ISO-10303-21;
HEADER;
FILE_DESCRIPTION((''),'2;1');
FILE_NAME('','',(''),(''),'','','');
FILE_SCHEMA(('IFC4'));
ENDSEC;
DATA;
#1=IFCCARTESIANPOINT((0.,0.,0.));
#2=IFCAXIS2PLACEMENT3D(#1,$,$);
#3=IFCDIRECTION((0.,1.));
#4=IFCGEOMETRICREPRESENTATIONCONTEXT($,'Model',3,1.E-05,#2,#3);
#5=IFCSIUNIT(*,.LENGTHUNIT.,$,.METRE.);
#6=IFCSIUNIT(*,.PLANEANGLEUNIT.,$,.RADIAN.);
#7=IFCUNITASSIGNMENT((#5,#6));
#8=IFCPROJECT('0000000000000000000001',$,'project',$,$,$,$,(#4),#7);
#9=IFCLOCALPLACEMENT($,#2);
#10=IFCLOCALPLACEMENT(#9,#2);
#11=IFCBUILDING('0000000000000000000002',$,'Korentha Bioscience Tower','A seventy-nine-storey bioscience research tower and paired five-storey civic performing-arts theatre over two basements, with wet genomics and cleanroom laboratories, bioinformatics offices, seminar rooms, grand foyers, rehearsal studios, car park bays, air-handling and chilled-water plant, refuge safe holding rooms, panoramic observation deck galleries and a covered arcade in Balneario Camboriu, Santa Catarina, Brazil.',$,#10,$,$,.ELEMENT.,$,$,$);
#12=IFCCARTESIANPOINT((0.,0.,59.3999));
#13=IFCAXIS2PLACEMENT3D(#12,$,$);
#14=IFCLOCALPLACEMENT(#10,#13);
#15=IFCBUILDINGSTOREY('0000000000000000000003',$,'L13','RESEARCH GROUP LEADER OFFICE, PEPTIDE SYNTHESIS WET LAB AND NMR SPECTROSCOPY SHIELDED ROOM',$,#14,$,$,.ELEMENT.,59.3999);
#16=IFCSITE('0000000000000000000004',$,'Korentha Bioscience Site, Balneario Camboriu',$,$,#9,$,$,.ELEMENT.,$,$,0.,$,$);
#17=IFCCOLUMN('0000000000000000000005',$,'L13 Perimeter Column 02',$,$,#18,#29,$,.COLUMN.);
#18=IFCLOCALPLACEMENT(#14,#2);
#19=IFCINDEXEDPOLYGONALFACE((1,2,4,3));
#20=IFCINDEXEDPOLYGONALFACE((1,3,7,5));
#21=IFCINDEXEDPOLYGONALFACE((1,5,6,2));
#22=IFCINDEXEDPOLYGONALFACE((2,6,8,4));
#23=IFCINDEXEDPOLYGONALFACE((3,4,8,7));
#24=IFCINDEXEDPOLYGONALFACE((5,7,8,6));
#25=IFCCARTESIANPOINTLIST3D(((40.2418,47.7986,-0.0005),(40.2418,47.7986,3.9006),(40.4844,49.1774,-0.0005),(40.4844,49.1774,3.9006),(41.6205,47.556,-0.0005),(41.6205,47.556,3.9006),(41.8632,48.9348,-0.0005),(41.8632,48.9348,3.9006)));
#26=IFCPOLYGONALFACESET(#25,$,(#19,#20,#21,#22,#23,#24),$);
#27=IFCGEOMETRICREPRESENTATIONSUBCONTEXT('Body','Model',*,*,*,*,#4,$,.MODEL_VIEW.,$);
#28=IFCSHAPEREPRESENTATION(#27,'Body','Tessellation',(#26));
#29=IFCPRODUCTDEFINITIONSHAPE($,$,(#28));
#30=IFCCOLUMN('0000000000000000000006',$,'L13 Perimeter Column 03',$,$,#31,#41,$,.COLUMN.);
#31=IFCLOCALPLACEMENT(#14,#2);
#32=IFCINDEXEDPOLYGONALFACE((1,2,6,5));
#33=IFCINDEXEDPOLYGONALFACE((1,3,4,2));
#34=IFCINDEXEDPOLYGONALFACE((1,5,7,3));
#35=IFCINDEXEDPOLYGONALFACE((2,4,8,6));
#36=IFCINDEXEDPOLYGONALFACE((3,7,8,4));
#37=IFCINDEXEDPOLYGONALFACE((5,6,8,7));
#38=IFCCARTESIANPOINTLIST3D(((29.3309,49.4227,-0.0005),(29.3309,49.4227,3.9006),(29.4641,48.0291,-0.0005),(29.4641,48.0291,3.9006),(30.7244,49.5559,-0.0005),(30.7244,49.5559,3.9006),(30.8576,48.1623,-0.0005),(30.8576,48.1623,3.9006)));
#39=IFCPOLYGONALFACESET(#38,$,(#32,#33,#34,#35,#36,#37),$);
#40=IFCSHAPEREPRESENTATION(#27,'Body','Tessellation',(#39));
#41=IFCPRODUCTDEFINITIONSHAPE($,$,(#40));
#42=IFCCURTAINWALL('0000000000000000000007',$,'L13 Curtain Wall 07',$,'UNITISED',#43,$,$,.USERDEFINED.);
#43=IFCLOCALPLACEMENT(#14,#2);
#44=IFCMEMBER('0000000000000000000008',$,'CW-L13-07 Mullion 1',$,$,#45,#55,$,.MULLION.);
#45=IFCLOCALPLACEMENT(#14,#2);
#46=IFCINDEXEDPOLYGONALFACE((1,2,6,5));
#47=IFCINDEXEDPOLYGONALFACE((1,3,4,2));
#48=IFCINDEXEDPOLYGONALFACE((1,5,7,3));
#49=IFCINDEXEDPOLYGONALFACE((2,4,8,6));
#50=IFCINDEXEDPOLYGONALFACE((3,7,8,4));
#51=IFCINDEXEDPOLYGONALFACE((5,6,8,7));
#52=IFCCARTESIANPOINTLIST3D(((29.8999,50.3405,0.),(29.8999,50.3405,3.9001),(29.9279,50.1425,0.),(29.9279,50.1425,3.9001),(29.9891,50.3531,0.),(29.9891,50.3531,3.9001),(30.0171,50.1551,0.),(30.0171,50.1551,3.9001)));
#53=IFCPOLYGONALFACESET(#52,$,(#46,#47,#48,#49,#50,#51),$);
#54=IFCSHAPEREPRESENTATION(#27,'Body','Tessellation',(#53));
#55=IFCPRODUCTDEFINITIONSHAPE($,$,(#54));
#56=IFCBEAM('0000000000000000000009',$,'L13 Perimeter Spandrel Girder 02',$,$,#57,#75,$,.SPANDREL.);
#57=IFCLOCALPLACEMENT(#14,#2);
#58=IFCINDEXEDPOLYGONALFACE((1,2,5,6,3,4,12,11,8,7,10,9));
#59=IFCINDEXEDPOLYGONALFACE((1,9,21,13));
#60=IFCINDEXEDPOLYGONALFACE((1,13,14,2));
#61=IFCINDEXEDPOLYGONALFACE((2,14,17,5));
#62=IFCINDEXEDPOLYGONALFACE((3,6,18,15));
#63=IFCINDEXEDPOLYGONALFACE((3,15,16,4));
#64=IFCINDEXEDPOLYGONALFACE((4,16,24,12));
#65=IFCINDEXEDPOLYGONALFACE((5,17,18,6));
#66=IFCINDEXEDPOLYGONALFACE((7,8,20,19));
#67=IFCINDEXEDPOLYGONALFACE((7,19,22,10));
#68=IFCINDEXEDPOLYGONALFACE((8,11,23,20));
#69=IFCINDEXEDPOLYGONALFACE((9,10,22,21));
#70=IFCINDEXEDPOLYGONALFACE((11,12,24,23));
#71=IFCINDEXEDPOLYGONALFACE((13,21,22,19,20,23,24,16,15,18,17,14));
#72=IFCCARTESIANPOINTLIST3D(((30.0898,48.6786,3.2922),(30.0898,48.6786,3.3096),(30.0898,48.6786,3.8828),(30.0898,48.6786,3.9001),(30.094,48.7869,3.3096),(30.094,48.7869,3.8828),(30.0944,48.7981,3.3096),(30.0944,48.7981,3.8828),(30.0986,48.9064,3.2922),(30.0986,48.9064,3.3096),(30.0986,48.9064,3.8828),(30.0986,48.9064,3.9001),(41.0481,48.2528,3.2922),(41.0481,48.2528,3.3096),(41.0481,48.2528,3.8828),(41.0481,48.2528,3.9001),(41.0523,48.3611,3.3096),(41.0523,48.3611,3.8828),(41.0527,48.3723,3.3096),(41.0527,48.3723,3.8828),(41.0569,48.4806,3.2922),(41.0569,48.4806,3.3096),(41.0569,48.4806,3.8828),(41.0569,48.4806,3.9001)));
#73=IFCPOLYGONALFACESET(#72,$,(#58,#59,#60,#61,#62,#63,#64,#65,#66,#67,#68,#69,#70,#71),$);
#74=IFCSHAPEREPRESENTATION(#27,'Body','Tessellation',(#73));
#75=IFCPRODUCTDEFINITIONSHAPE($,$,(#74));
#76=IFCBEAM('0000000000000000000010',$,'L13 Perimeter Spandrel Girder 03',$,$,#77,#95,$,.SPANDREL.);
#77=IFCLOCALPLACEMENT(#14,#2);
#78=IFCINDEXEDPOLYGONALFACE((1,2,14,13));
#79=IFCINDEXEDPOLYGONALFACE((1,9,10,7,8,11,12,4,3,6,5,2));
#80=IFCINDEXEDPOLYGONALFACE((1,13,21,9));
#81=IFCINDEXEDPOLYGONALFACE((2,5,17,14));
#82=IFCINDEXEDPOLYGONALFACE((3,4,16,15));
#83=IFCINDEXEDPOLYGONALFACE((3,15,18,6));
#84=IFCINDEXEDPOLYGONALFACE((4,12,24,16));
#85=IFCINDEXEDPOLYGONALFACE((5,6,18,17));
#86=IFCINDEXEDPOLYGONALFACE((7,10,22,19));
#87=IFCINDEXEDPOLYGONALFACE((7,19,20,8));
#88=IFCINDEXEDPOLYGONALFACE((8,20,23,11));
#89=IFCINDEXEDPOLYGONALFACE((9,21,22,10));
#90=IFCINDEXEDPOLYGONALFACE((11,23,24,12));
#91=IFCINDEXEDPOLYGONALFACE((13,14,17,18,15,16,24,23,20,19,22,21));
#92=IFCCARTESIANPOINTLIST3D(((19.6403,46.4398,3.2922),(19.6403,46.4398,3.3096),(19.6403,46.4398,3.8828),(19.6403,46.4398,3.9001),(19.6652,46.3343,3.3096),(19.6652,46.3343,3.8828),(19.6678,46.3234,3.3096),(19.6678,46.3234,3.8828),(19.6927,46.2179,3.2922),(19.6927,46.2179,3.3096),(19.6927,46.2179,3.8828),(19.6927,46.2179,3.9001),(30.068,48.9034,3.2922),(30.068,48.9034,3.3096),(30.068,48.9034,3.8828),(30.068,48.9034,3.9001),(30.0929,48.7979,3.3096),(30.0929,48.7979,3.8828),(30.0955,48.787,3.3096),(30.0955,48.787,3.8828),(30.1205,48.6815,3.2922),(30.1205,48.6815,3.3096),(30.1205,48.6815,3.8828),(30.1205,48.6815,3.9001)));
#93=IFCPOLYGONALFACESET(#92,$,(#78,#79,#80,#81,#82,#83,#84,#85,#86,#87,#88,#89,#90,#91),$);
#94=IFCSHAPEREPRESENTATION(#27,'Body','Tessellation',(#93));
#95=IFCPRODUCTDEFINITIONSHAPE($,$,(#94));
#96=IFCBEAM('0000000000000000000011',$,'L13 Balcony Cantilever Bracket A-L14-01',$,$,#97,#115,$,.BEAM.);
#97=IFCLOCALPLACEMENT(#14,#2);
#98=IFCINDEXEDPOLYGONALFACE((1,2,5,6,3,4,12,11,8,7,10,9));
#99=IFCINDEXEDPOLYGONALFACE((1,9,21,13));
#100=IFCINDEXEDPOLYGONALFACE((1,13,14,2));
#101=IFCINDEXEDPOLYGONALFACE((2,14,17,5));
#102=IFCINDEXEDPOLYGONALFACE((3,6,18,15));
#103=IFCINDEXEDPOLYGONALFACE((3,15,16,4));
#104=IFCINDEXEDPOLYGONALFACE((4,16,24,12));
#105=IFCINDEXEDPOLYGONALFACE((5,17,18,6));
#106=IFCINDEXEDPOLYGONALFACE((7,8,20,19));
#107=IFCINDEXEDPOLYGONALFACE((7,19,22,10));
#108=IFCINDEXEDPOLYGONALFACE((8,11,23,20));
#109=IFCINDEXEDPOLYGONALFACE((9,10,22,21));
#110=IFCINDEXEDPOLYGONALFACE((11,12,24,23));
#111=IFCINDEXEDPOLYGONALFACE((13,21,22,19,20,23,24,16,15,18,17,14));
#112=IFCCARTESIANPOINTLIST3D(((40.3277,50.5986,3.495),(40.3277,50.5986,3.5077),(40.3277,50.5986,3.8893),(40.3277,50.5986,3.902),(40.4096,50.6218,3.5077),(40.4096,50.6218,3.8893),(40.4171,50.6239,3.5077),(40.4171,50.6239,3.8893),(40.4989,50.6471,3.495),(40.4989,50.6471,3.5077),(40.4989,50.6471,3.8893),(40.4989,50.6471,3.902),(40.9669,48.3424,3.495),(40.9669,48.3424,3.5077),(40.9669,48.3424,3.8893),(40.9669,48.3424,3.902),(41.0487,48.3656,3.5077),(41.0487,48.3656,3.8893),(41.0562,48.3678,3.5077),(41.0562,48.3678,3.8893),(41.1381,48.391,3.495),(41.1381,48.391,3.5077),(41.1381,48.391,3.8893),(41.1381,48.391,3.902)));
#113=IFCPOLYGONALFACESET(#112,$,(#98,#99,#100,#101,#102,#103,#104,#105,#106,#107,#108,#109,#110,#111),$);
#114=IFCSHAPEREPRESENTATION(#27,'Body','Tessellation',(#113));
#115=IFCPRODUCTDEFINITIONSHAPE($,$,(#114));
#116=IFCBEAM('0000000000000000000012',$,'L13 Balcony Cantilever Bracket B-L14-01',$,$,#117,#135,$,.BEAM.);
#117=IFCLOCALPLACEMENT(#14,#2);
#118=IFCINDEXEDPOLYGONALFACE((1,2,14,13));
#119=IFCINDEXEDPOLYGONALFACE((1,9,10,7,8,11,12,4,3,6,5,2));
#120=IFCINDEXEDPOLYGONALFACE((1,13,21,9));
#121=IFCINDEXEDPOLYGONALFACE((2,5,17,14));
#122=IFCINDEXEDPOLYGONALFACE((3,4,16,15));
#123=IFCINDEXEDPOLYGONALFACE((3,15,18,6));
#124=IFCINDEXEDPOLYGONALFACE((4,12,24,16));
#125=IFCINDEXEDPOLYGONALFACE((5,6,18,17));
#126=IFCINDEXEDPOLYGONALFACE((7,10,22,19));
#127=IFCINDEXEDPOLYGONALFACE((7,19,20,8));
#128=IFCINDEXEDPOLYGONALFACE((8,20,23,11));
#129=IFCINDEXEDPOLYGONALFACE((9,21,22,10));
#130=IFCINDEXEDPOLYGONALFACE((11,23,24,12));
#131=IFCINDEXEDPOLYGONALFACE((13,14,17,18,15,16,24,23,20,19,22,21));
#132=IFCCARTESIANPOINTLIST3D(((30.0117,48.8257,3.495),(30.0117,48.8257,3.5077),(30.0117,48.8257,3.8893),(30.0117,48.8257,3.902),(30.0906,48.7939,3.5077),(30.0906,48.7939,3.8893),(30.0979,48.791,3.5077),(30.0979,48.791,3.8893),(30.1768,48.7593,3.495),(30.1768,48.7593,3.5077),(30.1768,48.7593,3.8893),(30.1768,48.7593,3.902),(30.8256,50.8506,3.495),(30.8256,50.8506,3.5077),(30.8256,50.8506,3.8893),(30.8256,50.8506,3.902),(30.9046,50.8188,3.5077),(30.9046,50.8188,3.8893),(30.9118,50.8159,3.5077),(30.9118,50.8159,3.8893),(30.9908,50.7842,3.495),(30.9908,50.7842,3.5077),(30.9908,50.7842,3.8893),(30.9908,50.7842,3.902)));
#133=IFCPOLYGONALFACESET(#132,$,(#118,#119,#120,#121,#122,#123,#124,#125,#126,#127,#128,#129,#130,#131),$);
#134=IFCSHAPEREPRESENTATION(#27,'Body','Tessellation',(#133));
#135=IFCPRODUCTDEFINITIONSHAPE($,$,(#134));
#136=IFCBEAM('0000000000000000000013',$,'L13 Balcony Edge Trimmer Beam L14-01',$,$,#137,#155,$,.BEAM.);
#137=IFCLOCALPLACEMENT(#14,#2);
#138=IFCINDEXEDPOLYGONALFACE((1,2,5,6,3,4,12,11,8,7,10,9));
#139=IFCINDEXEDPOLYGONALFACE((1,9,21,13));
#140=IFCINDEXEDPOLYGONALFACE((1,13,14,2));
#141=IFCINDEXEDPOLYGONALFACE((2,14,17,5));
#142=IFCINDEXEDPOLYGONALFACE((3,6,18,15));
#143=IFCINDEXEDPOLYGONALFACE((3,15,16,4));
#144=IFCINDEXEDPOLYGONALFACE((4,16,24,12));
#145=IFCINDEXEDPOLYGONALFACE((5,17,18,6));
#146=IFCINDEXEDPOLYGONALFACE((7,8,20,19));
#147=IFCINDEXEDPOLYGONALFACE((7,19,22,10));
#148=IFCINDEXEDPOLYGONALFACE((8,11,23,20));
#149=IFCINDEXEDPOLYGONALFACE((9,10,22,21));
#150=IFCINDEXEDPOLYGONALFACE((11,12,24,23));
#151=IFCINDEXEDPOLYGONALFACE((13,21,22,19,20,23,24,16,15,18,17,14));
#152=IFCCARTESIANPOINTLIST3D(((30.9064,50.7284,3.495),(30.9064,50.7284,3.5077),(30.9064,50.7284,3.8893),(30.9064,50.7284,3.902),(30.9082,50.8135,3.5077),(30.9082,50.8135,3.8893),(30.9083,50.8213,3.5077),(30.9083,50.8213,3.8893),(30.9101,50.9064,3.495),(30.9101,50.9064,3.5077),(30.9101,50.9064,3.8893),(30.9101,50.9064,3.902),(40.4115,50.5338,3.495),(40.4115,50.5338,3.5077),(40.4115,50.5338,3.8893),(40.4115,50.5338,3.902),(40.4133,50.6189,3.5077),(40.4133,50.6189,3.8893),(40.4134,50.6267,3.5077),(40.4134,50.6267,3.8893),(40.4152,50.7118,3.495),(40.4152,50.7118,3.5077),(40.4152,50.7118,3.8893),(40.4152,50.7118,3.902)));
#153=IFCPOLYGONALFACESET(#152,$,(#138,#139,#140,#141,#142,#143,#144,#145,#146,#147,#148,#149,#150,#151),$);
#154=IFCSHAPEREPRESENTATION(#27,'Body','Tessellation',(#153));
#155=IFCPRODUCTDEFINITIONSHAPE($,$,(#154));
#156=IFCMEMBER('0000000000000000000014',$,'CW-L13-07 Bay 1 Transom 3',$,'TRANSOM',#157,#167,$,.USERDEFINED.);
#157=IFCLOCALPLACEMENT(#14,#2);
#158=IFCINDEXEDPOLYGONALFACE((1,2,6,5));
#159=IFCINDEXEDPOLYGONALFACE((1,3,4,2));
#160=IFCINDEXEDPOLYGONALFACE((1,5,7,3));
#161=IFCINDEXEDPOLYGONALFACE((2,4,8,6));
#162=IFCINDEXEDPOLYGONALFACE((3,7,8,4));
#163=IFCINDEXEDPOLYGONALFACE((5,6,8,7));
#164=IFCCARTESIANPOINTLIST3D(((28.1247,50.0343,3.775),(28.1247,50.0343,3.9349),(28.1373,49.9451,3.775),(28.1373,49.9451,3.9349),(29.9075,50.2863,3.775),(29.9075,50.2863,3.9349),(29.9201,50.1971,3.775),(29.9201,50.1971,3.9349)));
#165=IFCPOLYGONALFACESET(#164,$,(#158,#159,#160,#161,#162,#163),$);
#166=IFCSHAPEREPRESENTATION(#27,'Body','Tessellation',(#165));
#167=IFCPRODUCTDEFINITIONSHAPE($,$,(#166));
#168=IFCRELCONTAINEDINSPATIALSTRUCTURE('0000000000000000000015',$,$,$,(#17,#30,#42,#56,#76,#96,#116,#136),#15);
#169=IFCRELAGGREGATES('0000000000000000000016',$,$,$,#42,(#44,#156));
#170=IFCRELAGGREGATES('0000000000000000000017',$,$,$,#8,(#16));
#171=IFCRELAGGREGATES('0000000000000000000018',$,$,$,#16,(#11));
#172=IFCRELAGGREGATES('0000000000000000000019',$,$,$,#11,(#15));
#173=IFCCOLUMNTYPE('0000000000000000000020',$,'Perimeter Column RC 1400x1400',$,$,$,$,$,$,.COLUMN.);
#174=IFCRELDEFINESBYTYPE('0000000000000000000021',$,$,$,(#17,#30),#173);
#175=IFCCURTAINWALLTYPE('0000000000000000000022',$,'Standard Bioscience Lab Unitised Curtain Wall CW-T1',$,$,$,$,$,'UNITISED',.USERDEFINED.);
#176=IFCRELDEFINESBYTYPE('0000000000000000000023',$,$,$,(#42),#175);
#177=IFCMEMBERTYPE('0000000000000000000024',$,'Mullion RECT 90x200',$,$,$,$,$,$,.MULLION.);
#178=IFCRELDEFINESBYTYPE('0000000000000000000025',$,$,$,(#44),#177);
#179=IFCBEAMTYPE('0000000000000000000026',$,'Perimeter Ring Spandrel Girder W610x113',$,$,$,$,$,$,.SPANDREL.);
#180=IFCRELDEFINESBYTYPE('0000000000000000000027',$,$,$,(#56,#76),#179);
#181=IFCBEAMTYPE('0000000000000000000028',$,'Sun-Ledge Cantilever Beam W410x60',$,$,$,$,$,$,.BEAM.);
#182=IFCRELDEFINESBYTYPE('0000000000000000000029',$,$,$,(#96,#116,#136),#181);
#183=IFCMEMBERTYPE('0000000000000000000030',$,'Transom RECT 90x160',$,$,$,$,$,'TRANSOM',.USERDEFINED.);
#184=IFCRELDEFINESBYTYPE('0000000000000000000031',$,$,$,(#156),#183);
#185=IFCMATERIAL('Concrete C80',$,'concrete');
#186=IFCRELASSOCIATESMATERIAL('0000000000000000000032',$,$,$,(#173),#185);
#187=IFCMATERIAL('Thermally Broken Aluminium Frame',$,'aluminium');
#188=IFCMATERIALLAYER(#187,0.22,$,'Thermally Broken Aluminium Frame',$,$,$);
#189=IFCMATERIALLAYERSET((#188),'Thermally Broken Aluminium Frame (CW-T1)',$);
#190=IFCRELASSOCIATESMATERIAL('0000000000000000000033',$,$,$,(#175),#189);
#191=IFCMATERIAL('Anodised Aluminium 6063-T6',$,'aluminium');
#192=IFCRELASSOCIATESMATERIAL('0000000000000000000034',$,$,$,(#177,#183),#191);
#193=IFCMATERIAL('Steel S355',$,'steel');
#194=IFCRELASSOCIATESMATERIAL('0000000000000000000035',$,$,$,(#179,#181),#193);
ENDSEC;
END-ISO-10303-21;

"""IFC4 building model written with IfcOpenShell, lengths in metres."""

from ifc_helpers import new_model, si_unit, direction, frame, origin, origin_2d, place, context, subcontext, project, spatial, rectangle, i_section, extrude, material, layer, layer_set, material_profile, profile_set, type_object, element, aggregate, save


model = new_model("IFC4")

# Units and contexts
model_context = context("Model", 3, precision=1e-05, world=origin(), true_north=direction((0.0, 1.0)))
body_context = subcontext(model_context, "Body", "Model", "MODEL_VIEW")
ifc_project = project(units=[si_unit("LENGTHUNIT", "METRE"), si_unit("PLANEANGLEUNIT", "RADIAN")], contexts=[model_context])

# Site, building, storey
site_placement = place(None, origin())
site = spatial("IfcSite", under=ifc_project, at=site_placement, Name="Korentha Bioscience Site, Balneario Camboriu", CompositionType="ELEMENT", RefElevation=0.0)
building_placement = place(site_placement, origin())
building = spatial("IfcBuilding", under=site, at=building_placement, Name="Korentha Bioscience Tower", Description="A seventy-nine-storey bioscience research tower and paired five-storey civic performing-arts theatre over two basements, with wet genomics and cleanroom laboratories, bioinformatics offices, seminar rooms, grand foyers, rehearsal studios, car park bays, air-handling and chilled-water plant, refuge safe holding rooms, panoramic observation deck galleries and a covered arcade in Balneario Camboriu, Santa Catarina, Brazil.", CompositionType="ELEMENT")
storey_placement = place(building_placement, frame((0.0, 0.0, 59.3999)))
storey = spatial("IfcBuildingStorey", under=building, at=storey_placement, Name="L13", Description="RESEARCH GROUP LEADER OFFICE, PEPTIDE SYNTHESIS WET LAB AND NMR SPECTROSCOPY SHIELDED ROOM", CompositionType="ELEMENT", Elevation=59.3999)

# Columns
ifc_material_1 = material(Name="Concrete C80", Category="concrete")
ifc_material_profile_1 = material_profile(ifc_material_1, rectangle(XDim=1.3999, YDim=1.3999, at=origin_2d()), Name="Concrete C80")
ifc_profile_set_1 = profile_set([ifc_material_profile_1], Name="Concrete C80 (COL-P14)")
column_type = type_object("IfcColumnType", Name="Perimeter Column RC 1400x1400", PredefinedType="COLUMN", material=ifc_profile_set_1)
for number, where, z_axis, x_axis, name in (
    (1, (41.0525, 48.3667, -0.0005), (0.0, 0.0, 1.0), (-0.984868, 0.173304, 0.0), "L13 Perimeter Column 02"),
    (2, (30.0942, 48.7925, -0.0005), (0.0, 0.0, 1.0), (0.995463, 0.095151, 0.0), "L13 Perimeter Column 03"),
):
    element("IfcColumn", number, at=place(storey_placement, frame(where, z_axis=z_axis, x_axis=x_axis)), inside=storey, type_object=column_type, Name=name, PredefinedType="COLUMN", context=body_context, shape_type="SweptSolid", body=[
        extrude(rectangle(XDim=1.3999, YDim=1.3999, at=origin_2d()), origin(), (0.0, 0.0, 1.0), 3.9011),
    ])

# Curtain wall, member
ifc_material_2 = material(Name="Thermally Broken Aluminium Frame", Category="aluminium")
ifc_layer_1 = layer(ifc_material_2, 0.22, Name="Thermally Broken Aluminium Frame")
ifc_layer_set_1 = layer_set([ifc_layer_1], Name="Thermally Broken Aluminium Frame (CW-T1)")
curtain_wall_type = type_object("IfcCurtainWallType", Name="Standard Bioscience Lab Unitised Curtain Wall CW-T1", ElementType="UNITISED", PredefinedType="USERDEFINED", material=ifc_layer_set_1)
curtain_wall_placement = place(storey_placement, origin())
curtain_wall = element("IfcCurtainWall", 3, at=curtain_wall_placement, inside=storey, type_object=curtain_wall_type, Name="L13 Curtain Wall 07", ObjectType="UNITISED", PredefinedType="USERDEFINED")
ifc_material_3 = material(Name="Anodised Aluminium 6063-T6", Category="aluminium")
ifc_material_profile_2 = material_profile(ifc_material_3, rectangle(XDim=0.0901, YDim=0.2, at=origin_2d()), Name="Anodised Aluminium 6063-T6")
ifc_profile_set_2 = profile_set([ifc_material_profile_2], Name="Anodised Aluminium 6063-T6 (CW-MUL)")
member_type_1 = type_object("IfcMemberType", Name="Mullion RECT 90x200", PredefinedType="MULLION", material=ifc_profile_set_2)
member_1_placement = place(storey_placement, frame((29.9585, 50.2478, 0.0), z_axis=(0.0, 0.0, 1.0), x_axis=(-0.990167, -0.139888, 0.0)))
member_1 = element("IfcMember", 4, at=member_1_placement, type_object=member_type_1, Name="CW-L13-07 Mullion 1", PredefinedType="MULLION", context=body_context, shape_type="SweptSolid", body=[
    extrude(rectangle(XDim=0.0901, YDim=0.2, at=origin_2d()), origin(), (0.0, 0.0, 1.0), 3.9001),
])

# Beams
ifc_material_4 = material(Name="Steel S355", Category="steel")
ifc_material_profile_3 = material_profile(ifc_material_4, i_section(OverallWidth=0.228, OverallDepth=0.6079, WebThickness=0.0112, FlangeThickness=0.0173, at=origin_2d()), Name="Steel S355")
ifc_profile_set_3 = profile_set([ifc_material_profile_3], Name="Steel S355 (SB-610)")
beam_type_1 = type_object("IfcBeamType", Name="Perimeter Ring Spandrel Girder W610x113", PredefinedType="SPANDREL", material=ifc_profile_set_3)
beam_1_placement = place(storey_placement, frame((41.0525, 48.3667, 3.5962), z_axis=(-0.999246, 0.038826, 0.0), x_axis=(-0.038826, -0.999246, 0.0)))
element("IfcBeam", 5, at=beam_1_placement, inside=storey, type_object=beam_type_1, Name="L13 Perimeter Spandrel Girder 02", PredefinedType="SPANDREL", context=body_context, shape_type="SweptSolid", body=[
    extrude(i_section(OverallWidth=0.228, OverallDepth=0.6079, WebThickness=0.0112, FlangeThickness=0.0173, at=origin_2d()), origin(), (0.0, 0.0, 1.0), 10.9666),
])
beam_2_placement = place(storey_placement, frame((30.0942, 48.7925, 3.5962), z_axis=(-0.973208, -0.229927, 0.0), x_axis=(0.229927, -0.973208, 0.0)))
element("IfcBeam", 6, at=beam_2_placement, inside=storey, type_object=beam_type_1, Name="L13 Perimeter Spandrel Girder 03", PredefinedType="SPANDREL", context=body_context, shape_type="SweptSolid", body=[
    extrude(i_section(OverallWidth=0.228, OverallDepth=0.6079, WebThickness=0.0112, FlangeThickness=0.0173, at=origin_2d()), origin(), (0.0, 0.0, 1.0), 10.7148),
])
ifc_material_profile_4 = material_profile(ifc_material_4, i_section(OverallWidth=0.178, OverallDepth=0.407, WebThickness=0.0078, FlangeThickness=0.0127, at=origin_2d()), Name="Steel S355")
ifc_profile_set_4 = profile_set([ifc_material_profile_4], Name="Steel S355 (CB-410)")
beam_type_2 = type_object("IfcBeamType", Name="Sun-Ledge Cantilever Beam W410x60", PredefinedType="BEAM", material=ifc_profile_set_4)
beam_3_placement = place(storey_placement, frame((41.0525, 48.3667, 3.6985), z_axis=(-0.272575, 0.962134, 0.0), x_axis=(-0.962134, -0.272575, 0.0)))
element("IfcBeam", 7, at=beam_3_placement, inside=storey, type_object=beam_type_2, Name="L13 Balcony Cantilever Bracket A-L14-01", PredefinedType="BEAM", context=body_context, shape_type="SweptSolid", body=[
    extrude(i_section(OverallWidth=0.178, OverallDepth=0.407, WebThickness=0.0078, FlangeThickness=0.0127, at=origin_2d()), origin(), (0.0, 0.0, 1.0), 2.345),
])
beam_4_placement = place(storey_placement, frame((30.0942, 48.7925, 3.6985), z_axis=(0.372972, 0.927843, 0.0), x_axis=(-0.927843, 0.372972, 0.0)))
element("IfcBeam", 8, at=beam_4_placement, inside=storey, type_object=beam_type_2, Name="L13 Balcony Cantilever Bracket B-L14-01", PredefinedType="BEAM", context=body_context, shape_type="SweptSolid", body=[
    extrude(i_section(OverallWidth=0.178, OverallDepth=0.407, WebThickness=0.0078, FlangeThickness=0.0127, at=origin_2d()), origin(), (0.0, 0.0, 1.0), 2.1824),
])
beam_5_placement = place(storey_placement, frame((40.4133, 50.6228, 3.6985), z_axis=(-0.999791, 0.020467, 0.0), x_axis=(-0.020467, -0.999791, 0.0)))
element("IfcBeam", 9, at=beam_5_placement, inside=storey, type_object=beam_type_2, Name="L13 Balcony Edge Trimmer Beam L14-01", PredefinedType="BEAM", context=body_context, shape_type="SweptSolid", body=[
    extrude(i_section(OverallWidth=0.178, OverallDepth=0.407, WebThickness=0.0078, FlangeThickness=0.0127, at=origin_2d()), origin(), (0.0, 0.0, 1.0), 9.5071),
])

# Member
ifc_material_profile_5 = material_profile(ifc_material_3, rectangle(XDim=0.0901, YDim=0.1599, at=origin_2d()), Name="Anodised Aluminium 6063-T6")
ifc_profile_set_5 = profile_set([ifc_material_profile_5], Name="Anodised Aluminium 6063-T6 (CW-TRN)")
member_type_2 = type_object("IfcMemberType", Name="Transom RECT 90x160", ElementType="TRANSOM", PredefinedType="USERDEFINED", material=ifc_profile_set_5)
member_2_placement = place(storey_placement, frame((29.9138, 50.2417, 3.855), z_axis=(-0.99016, -0.13994, 0.0), x_axis=(0.13994, -0.99016, 0.0)))
member_2 = element("IfcMember", 10, at=member_2_placement, type_object=member_type_2, Name="CW-L13-07 Bay 1 Transom 3", ObjectType="TRANSOM", PredefinedType="USERDEFINED", context=body_context, shape_type="SweptSolid", body=[
    extrude(rectangle(XDim=0.0901, YDim=0.1599, at=origin_2d()), origin(), (0.0, 0.0, 1.0), 1.8005),
])
aggregate(curtain_wall, [member_1, member_2])

save(model, "model.ifc")
